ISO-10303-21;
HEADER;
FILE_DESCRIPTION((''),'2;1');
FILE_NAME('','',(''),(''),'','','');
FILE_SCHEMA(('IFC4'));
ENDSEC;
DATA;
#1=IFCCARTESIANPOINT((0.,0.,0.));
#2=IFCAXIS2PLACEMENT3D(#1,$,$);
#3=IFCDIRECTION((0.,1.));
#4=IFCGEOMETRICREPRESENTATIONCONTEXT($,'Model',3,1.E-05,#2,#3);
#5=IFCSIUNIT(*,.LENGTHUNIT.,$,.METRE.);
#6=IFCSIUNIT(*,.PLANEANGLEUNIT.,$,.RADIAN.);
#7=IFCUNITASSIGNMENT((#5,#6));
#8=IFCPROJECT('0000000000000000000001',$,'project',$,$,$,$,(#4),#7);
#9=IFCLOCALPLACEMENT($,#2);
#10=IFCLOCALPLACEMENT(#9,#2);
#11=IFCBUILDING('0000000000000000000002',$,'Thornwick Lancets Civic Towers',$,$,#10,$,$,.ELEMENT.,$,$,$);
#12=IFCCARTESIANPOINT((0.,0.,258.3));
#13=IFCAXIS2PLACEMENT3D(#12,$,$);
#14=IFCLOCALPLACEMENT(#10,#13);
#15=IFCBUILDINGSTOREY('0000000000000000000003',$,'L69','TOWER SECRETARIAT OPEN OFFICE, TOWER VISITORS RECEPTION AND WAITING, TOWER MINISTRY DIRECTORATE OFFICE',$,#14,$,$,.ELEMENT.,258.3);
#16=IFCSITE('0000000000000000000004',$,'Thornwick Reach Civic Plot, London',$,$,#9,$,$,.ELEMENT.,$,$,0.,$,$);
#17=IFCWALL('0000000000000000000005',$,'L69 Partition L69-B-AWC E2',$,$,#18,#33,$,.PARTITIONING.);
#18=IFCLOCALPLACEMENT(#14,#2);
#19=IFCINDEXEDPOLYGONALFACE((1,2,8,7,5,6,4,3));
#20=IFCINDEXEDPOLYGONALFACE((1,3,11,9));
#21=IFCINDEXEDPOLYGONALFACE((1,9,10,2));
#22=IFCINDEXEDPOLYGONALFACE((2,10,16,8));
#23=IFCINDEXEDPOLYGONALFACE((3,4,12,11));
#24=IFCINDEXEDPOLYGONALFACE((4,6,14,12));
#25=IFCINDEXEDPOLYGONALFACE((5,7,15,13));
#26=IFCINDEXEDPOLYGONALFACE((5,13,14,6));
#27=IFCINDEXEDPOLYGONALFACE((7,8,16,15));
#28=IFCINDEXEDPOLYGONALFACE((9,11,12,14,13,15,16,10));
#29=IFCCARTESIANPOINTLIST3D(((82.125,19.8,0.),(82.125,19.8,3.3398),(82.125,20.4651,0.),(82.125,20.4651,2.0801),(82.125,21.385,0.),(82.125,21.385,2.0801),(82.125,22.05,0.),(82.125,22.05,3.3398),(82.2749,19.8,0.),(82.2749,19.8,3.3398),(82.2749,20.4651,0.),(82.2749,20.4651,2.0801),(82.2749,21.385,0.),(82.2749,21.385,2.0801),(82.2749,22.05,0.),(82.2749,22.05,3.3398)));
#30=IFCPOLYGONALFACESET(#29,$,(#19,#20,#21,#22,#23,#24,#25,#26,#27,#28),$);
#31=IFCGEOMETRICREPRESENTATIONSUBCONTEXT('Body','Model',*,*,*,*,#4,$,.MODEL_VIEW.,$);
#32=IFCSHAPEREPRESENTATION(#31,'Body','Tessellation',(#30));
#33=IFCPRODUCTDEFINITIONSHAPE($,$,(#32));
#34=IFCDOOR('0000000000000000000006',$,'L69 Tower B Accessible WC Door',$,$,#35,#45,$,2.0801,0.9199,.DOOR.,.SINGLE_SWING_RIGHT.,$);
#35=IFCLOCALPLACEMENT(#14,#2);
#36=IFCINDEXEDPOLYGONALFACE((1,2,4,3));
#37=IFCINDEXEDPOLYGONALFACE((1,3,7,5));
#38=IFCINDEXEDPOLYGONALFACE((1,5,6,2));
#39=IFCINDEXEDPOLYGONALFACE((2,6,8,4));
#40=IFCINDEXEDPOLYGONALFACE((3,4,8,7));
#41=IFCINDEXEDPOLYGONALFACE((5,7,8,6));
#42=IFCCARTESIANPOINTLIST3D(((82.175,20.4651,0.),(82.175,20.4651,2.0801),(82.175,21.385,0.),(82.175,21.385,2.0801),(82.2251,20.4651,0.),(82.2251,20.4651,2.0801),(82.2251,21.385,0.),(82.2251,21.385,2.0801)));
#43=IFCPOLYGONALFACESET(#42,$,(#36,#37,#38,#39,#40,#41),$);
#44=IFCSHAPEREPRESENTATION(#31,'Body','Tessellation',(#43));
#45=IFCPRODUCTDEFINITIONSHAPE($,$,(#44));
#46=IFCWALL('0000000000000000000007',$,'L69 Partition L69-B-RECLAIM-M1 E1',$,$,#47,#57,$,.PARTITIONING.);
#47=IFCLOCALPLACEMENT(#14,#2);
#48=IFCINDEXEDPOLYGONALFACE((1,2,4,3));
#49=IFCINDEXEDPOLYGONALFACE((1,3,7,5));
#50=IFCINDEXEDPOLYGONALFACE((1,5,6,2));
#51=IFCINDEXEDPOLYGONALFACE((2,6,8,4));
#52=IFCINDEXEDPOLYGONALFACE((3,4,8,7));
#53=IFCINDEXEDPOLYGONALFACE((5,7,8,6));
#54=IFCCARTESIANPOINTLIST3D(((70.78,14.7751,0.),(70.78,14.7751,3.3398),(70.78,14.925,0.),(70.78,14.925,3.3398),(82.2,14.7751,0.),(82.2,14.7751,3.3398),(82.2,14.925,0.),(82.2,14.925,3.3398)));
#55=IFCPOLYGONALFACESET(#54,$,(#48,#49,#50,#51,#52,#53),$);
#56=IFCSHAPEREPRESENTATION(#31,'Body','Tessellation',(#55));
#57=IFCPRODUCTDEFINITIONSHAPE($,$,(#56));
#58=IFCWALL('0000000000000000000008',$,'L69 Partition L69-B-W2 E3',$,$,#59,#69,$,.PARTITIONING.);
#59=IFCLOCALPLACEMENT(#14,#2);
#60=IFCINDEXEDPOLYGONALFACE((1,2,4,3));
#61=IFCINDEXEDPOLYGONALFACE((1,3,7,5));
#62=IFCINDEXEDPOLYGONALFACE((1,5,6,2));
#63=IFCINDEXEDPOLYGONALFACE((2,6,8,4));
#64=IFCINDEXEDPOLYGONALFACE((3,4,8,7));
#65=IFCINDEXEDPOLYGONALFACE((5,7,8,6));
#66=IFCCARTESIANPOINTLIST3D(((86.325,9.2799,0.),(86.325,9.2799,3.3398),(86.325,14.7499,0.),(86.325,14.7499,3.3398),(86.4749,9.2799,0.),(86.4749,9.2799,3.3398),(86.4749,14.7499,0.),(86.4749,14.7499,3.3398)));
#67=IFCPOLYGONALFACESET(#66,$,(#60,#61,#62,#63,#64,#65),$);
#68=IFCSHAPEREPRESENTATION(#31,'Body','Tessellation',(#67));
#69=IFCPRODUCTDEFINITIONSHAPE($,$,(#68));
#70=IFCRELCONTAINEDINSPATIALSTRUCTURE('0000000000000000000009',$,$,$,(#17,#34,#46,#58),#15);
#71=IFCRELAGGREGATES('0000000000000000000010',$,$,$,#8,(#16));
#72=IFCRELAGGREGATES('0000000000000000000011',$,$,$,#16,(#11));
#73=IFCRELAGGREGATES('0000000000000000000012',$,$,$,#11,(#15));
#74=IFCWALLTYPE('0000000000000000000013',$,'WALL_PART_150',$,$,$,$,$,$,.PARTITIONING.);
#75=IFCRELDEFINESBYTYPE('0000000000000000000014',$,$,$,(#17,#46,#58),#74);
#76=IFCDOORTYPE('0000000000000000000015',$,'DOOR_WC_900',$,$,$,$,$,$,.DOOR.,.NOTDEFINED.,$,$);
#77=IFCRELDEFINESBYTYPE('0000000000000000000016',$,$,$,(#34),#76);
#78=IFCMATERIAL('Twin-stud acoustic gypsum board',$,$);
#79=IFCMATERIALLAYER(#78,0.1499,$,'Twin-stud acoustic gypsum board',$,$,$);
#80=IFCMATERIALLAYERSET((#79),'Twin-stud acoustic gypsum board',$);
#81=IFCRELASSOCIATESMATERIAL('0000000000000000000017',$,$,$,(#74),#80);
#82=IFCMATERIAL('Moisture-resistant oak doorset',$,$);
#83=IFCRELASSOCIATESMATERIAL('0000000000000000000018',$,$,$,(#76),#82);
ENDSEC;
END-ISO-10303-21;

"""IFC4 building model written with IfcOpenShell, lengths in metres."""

from ifc_helpers import new_model, si_unit, direction, frame, frame_2d, origin, place, context, subcontext, project, spatial, rectangle, extrude, material, layer, layer_set, type_object, element, fill, save


model = new_model("IFC4")

# Units and contexts
model_context = context("Model", 3, precision=1e-05, world=origin(), true_north=direction((0.0, 1.0)))
body_context = subcontext(model_context, "Body", "Model", "MODEL_VIEW")
ifc_project = project(units=[si_unit("LENGTHUNIT", "METRE"), si_unit("PLANEANGLEUNIT", "RADIAN")], contexts=[model_context])

# Site, building, storey
site_placement = place(None, origin())
site = spatial("IfcSite", under=ifc_project, at=site_placement, Name="Thornwick Reach Civic Plot, London", CompositionType="ELEMENT", RefElevation=0.0)
building_placement = place(site_placement, origin())
building = spatial("IfcBuilding", under=site, at=building_placement, Name="Thornwick Lancets Civic Towers", CompositionType="ELEMENT")
storey_placement = place(building_placement, frame((0.0, 0.0, 258.3)))
storey = spatial("IfcBuildingStorey", under=building, at=storey_placement, Name="L69", Description="TOWER SECRETARIAT OPEN OFFICE, TOWER VISITORS RECEPTION AND WAITING, TOWER MINISTRY DIRECTORATE OFFICE", CompositionType="ELEMENT", Elevation=258.3)

# Wall, opening, door
ifc_material_1 = material(Name="Twin-stud acoustic gypsum board")
ifc_layer_1 = layer(ifc_material_1, 0.1499, Name="Twin-stud acoustic gypsum board")
ifc_layer_set_1 = layer_set([ifc_layer_1], Name="Twin-stud acoustic gypsum board")
wall_type_1 = type_object("IfcWallType", Name="WALL_PART_150", PredefinedType="PARTITIONING", material=ifc_layer_set_1)
wall_1_placement = place(storey_placement, frame((82.2, 19.8, 0.0), z_axis=(0.0, 0.0, 1.0), x_axis=(0.0, 1.0, 0.0)))
wall_1 = element("IfcWall", 1, at=wall_1_placement, inside=storey, type_object=wall_type_1, Name="L69 Partition L69-B-AWC E2", PredefinedType="PARTITIONING", context=body_context, shape_type="SweptSolid", body=[
    extrude(rectangle(XDim=2.25, YDim=0.1499, at=frame_2d((1.125, 0.0))), origin(), (0.0, 0.0, 1.0), 3.3398),
])
opening_1_placement = place(wall_1_placement, frame((0.665, 0.0, 0.0)))
opening_1 = element("IfcOpeningElement", 2, at=opening_1_placement, cuts=wall_1, PredefinedType="OPENING", context=body_context, shape_type="SweptSolid", body=[
    extrude(rectangle(XDim=0.9199, YDim=2.0801, at=frame_2d((0.46, 1.04))), frame((0.0, 0.085, 0.0), z_axis=(0.0, -1.0, 0.0), x_axis=(1.0, 0.0, 0.0)), (0.0, 0.0, 1.0), 0.1699),
])
ifc_material_2 = material(Name="Moisture-resistant oak doorset")
door_type_1 = type_object("IfcDoorType", Name="DOOR_WC_900", OperationType="NOTDEFINED", PredefinedType="DOOR", material=ifc_material_2)
door_1_placement = place(opening_1_placement, origin())
door_1 = element("IfcDoor", 3, at=door_1_placement, inside=storey, type_object=door_type_1, Name="L69 Tower B Accessible WC Door", OperationType="SINGLE_SWING_RIGHT", OverallHeight=2.0801, OverallWidth=0.9199, PredefinedType="DOOR", context=body_context, shape_type="SweptSolid", body=[
    extrude(rectangle(XDim=0.9199, YDim=2.0801, at=frame_2d((0.46, 1.04))), frame((0.0, 0.0249, 0.0), z_axis=(0.0, -1.0, 0.0), x_axis=(1.0, 0.0, 0.0)), (0.0, 0.0, 1.0), 0.05),
])
fill(opening_1, door_1)

# Wall
wall_2_placement = place(storey_placement, frame((82.2, 14.8501, 0.0), z_axis=(0.0, 0.0, 1.0), x_axis=(-1.0, 0.0, 0.0)))
element("IfcWall", 4, at=wall_2_placement, inside=storey, type_object=wall_type_1, Name="L69 Partition L69-B-RECLAIM-M1 E1", PredefinedType="PARTITIONING", context=body_context, shape_type="SweptSolid", body=[
    extrude(rectangle(XDim=11.4199, YDim=0.1499, at=frame_2d((5.71, 0.0))), origin(), (0.0, 0.0, 1.0), 3.3398),
])

# Wall
wall_3_placement = place(storey_placement, frame((86.3999, 9.28, 0.0), z_axis=(0.0, 0.0, 1.0), x_axis=(0.0, 1.0, 0.0)))
element("IfcWall", 5, at=wall_3_placement, inside=storey, type_object=wall_type_1, Name="L69 Partition L69-B-W2 E3", PredefinedType="PARTITIONING", context=body_context, shape_type="SweptSolid", body=[
    extrude(rectangle(XDim=5.47, YDim=0.1499, at=frame_2d((2.7349, 0.0))), origin(), (0.0, 0.0, 1.0), 3.3398),
])

save(model, "model.ifc")
